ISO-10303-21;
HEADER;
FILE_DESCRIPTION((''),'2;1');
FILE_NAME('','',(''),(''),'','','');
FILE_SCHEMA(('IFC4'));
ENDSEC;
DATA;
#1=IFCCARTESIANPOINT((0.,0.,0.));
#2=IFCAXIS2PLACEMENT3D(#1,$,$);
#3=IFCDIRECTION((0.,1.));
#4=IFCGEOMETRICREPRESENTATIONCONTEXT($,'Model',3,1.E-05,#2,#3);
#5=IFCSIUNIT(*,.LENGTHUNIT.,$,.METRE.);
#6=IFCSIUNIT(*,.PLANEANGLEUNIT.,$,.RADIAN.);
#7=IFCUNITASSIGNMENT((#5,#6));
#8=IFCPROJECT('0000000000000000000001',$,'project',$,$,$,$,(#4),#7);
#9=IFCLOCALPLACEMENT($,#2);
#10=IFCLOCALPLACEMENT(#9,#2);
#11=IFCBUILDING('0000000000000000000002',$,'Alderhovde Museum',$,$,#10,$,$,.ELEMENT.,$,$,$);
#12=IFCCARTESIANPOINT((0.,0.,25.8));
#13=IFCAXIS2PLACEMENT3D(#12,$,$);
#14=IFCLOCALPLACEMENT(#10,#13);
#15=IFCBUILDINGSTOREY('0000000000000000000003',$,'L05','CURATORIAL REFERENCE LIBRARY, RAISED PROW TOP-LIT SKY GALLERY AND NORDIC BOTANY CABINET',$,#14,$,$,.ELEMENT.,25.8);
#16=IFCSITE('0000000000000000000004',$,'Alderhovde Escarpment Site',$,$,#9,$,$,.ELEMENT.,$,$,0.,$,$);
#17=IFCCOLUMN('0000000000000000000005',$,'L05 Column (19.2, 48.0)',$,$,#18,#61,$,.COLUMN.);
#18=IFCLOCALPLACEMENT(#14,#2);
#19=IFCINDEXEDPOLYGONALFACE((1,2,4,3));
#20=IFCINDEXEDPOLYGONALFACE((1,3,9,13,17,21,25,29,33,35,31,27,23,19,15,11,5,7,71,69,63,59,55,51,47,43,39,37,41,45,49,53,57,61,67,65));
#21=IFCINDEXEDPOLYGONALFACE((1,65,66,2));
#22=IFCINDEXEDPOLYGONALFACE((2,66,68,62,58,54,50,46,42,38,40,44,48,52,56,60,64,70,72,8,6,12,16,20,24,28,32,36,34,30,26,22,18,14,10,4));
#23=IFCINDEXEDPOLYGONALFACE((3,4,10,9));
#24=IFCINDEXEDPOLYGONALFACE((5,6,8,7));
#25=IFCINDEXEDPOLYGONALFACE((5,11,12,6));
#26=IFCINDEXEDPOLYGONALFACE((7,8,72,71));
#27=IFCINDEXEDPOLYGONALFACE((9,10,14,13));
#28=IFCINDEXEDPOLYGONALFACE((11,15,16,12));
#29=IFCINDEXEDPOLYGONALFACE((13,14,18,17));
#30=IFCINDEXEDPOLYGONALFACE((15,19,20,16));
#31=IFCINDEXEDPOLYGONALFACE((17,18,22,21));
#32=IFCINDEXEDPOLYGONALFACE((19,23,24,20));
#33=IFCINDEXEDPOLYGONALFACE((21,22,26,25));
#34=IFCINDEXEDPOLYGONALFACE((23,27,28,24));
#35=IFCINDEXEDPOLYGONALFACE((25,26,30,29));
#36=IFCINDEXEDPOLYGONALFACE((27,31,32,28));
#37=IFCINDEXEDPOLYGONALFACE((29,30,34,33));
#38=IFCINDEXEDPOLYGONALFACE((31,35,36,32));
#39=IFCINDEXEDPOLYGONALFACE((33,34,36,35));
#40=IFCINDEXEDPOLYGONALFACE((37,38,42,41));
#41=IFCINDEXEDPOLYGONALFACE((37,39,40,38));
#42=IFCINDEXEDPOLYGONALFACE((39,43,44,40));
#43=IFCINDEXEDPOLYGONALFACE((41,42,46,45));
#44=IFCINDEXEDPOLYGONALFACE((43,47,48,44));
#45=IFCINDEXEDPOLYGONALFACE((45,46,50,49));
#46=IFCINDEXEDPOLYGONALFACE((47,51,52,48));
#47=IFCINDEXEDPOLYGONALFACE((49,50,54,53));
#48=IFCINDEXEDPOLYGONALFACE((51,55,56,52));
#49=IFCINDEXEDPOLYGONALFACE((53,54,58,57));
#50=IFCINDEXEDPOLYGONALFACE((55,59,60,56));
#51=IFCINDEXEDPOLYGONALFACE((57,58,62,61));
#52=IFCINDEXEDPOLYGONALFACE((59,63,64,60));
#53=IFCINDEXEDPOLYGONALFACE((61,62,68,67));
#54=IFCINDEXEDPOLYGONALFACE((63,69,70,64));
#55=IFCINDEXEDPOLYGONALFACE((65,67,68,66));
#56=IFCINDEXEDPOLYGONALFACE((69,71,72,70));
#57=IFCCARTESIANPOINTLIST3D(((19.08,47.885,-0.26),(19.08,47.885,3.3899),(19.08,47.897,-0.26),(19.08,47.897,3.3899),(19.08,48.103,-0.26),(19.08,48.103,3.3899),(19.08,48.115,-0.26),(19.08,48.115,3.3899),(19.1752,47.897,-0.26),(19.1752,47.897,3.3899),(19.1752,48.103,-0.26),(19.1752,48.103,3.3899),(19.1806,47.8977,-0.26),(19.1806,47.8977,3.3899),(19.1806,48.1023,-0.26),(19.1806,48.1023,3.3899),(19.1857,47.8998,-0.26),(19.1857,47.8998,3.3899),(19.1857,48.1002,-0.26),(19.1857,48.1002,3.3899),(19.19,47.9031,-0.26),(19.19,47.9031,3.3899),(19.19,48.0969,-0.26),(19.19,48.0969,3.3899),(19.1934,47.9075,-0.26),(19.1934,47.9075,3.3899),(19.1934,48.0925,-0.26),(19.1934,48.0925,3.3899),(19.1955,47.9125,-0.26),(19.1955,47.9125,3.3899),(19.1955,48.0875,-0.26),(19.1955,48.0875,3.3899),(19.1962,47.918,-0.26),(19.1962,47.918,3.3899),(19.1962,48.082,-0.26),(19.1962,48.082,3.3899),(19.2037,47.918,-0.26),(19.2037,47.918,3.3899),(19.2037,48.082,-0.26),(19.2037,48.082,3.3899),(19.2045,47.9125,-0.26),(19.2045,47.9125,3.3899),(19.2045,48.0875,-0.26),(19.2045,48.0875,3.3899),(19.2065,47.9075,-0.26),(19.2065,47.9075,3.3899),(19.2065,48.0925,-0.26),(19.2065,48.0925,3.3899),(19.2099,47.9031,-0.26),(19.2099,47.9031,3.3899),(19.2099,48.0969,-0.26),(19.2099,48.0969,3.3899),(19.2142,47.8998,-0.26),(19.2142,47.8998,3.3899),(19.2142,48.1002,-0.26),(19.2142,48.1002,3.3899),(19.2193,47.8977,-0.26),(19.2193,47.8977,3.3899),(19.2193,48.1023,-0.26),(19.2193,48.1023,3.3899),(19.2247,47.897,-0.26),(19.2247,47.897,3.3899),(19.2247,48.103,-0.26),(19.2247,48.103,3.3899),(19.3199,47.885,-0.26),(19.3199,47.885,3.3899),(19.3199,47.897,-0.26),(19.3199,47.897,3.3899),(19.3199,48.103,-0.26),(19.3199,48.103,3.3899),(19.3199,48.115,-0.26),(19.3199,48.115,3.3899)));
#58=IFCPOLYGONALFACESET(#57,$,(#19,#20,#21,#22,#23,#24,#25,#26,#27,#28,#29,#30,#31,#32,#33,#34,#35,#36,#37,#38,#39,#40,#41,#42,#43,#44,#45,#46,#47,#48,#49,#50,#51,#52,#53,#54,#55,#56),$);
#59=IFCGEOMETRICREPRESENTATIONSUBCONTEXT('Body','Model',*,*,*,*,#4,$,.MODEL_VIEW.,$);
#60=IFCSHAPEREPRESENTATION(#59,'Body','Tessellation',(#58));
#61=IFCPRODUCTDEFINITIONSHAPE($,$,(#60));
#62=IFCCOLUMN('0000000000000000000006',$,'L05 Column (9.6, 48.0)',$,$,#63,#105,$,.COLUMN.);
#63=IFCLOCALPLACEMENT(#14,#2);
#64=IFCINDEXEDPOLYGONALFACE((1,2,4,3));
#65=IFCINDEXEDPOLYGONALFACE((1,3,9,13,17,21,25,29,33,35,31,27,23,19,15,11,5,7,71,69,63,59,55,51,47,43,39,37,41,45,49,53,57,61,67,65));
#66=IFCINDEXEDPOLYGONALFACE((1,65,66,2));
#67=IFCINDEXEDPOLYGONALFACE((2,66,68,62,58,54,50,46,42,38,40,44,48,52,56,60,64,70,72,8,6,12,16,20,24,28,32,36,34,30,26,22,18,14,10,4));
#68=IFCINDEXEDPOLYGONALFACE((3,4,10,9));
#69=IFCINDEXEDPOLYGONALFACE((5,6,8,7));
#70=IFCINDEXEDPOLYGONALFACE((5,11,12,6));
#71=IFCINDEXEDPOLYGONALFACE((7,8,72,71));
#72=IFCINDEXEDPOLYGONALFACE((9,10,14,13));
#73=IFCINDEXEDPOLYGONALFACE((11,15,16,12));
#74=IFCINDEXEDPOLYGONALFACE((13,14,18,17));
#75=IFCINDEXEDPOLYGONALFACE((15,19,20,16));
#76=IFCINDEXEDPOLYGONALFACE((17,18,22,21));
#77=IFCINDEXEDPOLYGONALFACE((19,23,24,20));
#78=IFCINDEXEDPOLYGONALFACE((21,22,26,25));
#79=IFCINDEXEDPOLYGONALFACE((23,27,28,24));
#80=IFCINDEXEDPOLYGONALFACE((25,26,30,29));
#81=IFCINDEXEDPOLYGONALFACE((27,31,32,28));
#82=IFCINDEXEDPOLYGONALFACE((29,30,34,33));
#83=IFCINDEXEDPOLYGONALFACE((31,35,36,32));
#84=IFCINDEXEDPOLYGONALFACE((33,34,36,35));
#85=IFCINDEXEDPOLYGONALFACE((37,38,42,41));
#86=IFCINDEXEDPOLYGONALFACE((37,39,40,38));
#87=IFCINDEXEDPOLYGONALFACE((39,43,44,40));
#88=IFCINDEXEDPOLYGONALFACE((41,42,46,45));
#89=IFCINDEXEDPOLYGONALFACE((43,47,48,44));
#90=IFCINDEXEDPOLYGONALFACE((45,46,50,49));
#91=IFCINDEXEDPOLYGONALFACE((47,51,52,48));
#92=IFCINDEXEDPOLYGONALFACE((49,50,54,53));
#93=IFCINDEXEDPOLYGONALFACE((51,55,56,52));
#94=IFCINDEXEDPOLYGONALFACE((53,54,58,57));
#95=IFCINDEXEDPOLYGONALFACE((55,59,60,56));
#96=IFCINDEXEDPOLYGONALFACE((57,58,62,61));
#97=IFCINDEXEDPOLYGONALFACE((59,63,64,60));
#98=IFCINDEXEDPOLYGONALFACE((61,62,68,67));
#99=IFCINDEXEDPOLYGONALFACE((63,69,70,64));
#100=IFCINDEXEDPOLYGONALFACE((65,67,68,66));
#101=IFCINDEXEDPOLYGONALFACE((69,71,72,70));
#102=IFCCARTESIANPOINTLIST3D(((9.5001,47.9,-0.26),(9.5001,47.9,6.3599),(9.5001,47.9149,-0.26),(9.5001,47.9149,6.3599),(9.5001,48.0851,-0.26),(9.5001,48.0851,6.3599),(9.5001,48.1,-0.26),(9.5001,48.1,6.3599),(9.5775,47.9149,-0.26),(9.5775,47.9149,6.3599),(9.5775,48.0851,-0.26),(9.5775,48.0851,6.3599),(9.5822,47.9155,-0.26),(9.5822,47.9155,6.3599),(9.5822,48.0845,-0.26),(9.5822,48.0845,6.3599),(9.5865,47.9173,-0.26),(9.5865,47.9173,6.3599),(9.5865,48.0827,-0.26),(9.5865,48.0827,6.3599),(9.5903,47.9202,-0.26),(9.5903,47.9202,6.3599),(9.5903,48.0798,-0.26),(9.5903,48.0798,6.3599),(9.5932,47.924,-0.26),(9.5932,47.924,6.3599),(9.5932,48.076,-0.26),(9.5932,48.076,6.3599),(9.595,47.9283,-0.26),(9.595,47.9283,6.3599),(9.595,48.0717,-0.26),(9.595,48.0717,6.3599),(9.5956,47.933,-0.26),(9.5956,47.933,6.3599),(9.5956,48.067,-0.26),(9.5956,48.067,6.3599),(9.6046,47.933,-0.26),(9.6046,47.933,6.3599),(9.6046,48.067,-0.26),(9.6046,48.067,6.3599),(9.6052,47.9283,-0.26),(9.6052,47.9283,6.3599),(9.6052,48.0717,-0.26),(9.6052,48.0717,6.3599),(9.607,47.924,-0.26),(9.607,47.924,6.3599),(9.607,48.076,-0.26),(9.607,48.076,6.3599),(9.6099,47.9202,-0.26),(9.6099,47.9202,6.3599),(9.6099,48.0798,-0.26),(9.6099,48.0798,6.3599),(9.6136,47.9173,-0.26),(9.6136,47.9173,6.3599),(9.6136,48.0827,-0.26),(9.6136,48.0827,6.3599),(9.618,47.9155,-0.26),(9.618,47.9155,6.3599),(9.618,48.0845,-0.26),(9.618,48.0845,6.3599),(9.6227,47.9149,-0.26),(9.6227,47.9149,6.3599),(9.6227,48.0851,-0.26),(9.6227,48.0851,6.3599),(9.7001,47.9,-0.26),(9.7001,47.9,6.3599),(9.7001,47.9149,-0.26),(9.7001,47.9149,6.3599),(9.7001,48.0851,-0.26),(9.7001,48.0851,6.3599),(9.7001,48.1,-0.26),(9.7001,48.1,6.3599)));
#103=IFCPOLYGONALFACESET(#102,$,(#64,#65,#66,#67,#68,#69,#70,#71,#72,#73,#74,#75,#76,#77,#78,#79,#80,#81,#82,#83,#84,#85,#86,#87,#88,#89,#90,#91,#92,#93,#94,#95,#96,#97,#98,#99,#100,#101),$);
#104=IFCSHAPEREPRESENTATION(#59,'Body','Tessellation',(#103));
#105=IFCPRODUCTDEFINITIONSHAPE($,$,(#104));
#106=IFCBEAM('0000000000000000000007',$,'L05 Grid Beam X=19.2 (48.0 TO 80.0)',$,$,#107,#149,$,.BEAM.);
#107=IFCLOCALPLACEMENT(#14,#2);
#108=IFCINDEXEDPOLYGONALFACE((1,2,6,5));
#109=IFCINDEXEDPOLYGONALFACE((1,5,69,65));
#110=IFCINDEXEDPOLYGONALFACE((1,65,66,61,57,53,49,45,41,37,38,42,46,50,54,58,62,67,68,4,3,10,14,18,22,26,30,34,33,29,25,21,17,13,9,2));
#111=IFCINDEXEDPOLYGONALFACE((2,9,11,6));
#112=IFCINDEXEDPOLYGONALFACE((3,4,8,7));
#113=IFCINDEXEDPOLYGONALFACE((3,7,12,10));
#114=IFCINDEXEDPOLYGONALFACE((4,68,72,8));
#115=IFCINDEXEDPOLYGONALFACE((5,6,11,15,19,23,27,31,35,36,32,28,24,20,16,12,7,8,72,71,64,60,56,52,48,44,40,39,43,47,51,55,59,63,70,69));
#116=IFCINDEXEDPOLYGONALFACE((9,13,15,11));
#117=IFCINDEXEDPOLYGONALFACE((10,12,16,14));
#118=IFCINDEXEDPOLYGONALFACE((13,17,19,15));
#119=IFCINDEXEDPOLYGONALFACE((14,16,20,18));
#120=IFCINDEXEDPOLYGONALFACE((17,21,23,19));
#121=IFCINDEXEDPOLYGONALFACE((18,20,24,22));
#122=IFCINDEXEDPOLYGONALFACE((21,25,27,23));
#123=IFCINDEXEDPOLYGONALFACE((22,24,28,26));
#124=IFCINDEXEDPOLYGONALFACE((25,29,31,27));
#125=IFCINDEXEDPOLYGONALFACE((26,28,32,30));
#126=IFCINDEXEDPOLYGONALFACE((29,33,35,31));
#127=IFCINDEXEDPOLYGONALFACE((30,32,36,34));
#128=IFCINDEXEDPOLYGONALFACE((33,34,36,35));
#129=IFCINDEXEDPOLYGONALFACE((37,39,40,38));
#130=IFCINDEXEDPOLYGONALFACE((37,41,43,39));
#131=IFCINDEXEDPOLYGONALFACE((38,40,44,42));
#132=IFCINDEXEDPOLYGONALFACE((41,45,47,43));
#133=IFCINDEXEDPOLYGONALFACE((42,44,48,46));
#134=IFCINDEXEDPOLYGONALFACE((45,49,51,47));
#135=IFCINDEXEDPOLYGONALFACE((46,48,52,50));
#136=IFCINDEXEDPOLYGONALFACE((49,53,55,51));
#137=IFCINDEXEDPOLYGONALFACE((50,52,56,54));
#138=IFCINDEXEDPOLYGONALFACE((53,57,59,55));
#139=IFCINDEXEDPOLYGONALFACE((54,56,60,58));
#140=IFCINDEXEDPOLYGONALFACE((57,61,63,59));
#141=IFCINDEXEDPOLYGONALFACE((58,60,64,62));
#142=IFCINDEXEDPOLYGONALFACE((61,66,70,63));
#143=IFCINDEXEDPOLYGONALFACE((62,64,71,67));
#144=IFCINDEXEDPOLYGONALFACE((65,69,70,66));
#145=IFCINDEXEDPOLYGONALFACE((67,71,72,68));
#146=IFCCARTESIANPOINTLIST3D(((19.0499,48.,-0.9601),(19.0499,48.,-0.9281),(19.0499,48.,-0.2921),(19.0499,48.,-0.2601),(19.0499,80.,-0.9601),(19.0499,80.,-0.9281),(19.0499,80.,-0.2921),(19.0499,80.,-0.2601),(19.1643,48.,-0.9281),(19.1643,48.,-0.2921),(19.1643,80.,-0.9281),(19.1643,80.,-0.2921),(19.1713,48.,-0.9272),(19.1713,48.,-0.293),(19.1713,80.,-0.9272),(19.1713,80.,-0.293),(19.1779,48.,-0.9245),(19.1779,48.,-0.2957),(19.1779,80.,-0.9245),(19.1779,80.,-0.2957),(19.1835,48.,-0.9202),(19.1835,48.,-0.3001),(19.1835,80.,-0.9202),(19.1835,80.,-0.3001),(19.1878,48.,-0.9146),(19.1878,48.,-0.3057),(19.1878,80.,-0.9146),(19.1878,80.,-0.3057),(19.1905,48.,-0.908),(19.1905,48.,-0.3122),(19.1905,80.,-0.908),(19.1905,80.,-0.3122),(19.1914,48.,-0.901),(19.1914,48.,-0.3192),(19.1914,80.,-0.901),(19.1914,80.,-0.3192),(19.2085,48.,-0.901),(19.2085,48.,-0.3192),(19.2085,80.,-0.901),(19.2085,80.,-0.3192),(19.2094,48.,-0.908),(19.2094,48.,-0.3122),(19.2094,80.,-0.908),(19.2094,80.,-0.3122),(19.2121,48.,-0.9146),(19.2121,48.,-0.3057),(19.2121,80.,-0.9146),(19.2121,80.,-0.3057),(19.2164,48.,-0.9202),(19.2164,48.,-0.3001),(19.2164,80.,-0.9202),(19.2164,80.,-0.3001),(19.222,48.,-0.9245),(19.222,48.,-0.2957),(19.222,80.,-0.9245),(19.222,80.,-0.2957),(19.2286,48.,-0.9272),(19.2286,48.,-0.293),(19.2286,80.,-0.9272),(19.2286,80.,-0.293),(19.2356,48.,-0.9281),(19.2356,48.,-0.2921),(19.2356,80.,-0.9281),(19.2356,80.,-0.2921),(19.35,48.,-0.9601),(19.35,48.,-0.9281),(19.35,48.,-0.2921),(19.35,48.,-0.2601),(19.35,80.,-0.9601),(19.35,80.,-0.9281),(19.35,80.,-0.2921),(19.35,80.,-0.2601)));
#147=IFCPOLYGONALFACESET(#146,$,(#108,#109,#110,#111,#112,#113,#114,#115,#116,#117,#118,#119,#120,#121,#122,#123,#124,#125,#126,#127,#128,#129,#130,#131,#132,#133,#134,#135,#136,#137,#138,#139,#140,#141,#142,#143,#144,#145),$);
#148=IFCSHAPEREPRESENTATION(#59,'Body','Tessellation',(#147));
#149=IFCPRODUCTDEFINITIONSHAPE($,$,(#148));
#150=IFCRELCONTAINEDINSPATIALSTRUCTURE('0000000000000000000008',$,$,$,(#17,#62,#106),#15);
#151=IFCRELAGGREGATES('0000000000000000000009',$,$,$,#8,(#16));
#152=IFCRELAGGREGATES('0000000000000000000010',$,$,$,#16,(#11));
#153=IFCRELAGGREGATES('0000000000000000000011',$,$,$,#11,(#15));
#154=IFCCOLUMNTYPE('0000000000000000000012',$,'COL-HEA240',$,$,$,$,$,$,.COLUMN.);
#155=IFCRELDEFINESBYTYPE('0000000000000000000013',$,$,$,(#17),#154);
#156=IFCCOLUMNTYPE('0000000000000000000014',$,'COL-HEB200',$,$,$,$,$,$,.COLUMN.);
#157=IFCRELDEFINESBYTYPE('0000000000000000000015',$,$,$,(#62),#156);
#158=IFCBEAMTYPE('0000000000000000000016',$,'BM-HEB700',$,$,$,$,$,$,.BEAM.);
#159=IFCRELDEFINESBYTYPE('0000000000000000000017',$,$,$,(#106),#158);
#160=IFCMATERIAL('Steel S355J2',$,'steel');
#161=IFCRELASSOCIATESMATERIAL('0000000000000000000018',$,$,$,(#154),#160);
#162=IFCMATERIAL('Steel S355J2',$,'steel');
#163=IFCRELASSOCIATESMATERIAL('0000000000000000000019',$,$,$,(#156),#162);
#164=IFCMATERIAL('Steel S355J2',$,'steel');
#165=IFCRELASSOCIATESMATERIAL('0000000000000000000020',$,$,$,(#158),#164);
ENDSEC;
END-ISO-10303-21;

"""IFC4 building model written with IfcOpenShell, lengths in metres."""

from ifc_helpers import new_model, si_unit, direction, frame, origin, origin_2d, place, context, subcontext, project, spatial, i_section, extrude, material, material_profile, profile_set, type_object, element, save


model = new_model("IFC4")

# Units and contexts
model_context = context("Model", 3, precision=1e-05, world=origin(), true_north=direction((0.0, 1.0)))
body_context = subcontext(model_context, "Body", "Model", "MODEL_VIEW")
ifc_project = project(units=[si_unit("LENGTHUNIT", "METRE"), si_unit("PLANEANGLEUNIT", "RADIAN")], contexts=[model_context])

# Site, building, storey
site_placement = place(None, origin())
site = spatial("IfcSite", under=ifc_project, at=site_placement, Name="Alderhovde Escarpment Site", CompositionType="ELEMENT", RefElevation=0.0)
building_placement = place(site_placement, origin())
building = spatial("IfcBuilding", under=site, at=building_placement, Name="Alderhovde Museum", CompositionType="ELEMENT")
storey_placement = place(building_placement, frame((0.0, 0.0, 25.8)))
storey = spatial("IfcBuildingStorey", under=building, at=storey_placement, Name="L05", Description="CURATORIAL REFERENCE LIBRARY, RAISED PROW TOP-LIT SKY GALLERY AND NORDIC BOTANY CABINET", CompositionType="ELEMENT", Elevation=25.8)

# Columns
ifc_material_1 = material(Name="Steel S355J2", Category="steel")
ifc_material_profile_1 = material_profile(ifc_material_1, i_section(OverallWidth=0.24, OverallDepth=0.23, WebThickness=0.0076, FlangeThickness=0.012, FilletRadius=0.021, at=origin_2d()), Name="HEA 240")
ifc_profile_set_1 = profile_set([ifc_material_profile_1], Name="Steel S355J2")
column_type_1 = type_object("IfcColumnType", Name="COL-HEA240", PredefinedType="COLUMN", material=ifc_profile_set_1)
column_1_placement = place(storey_placement, frame((19.2, 48.0, -0.26), z_axis=(0.0, 0.0, 1.0), x_axis=(1.0, 0.0, 0.0)))
element("IfcColumn", 1, at=column_1_placement, inside=storey, type_object=column_type_1, Name="L05 Column (19.2, 48.0)", PredefinedType="COLUMN", context=body_context, shape_type="SweptSolid", body=[
    extrude(i_section(OverallWidth=0.24, OverallDepth=0.23, WebThickness=0.0076, FlangeThickness=0.012, FilletRadius=0.021, at=origin_2d()), origin(), (0.0, 0.0, 1.0), 3.6499),
])
ifc_material_2 = material(Name="Steel S355J2", Category="steel")
ifc_material_profile_2 = material_profile(ifc_material_2, i_section(OverallWidth=0.2, OverallDepth=0.2, WebThickness=0.009, FlangeThickness=0.0149, FilletRadius=0.0181, at=origin_2d()), Name="HEB 200")
ifc_profile_set_2 = profile_set([ifc_material_profile_2], Name="Steel S355J2")
column_type_2 = type_object("IfcColumnType", Name="COL-HEB200", PredefinedType="COLUMN", material=ifc_profile_set_2)
column_2_placement = place(storey_placement, frame((9.6001, 48.0, -0.26), z_axis=(0.0, 0.0, 1.0), x_axis=(1.0, 0.0, 0.0)))
element("IfcColumn", 2, at=column_2_placement, inside=storey, type_object=column_type_2, Name="L05 Column (9.6, 48.0)", PredefinedType="COLUMN", context=body_context, shape_type="SweptSolid", body=[
    extrude(i_section(OverallWidth=0.2, OverallDepth=0.2, WebThickness=0.009, FlangeThickness=0.0149, FilletRadius=0.0181, at=origin_2d()), origin(), (0.0, 0.0, 1.0), 6.6199),
])

# Beam
ifc_material_3 = material(Name="Steel S355J2", Category="steel")
ifc_material_profile_3 = material_profile(ifc_material_3, i_section(OverallWidth=0.3, OverallDepth=0.7, WebThickness=0.0171, FlangeThickness=0.032, FilletRadius=0.0271, at=origin_2d()), Name="HEB 700")
ifc_profile_set_3 = profile_set([ifc_material_profile_3], Name="Steel S355J2")
beam_type_1 = type_object("IfcBeamType", Name="BM-HEB700", PredefinedType="BEAM", material=ifc_profile_set_3)
beam_1_placement = place(storey_placement, frame((19.2, 48.0, -0.6101), z_axis=(0.0, 1.0, 0.0), x_axis=(-1.0, 0.0, 0.0)))
element("IfcBeam", 3, at=beam_1_placement, inside=storey, type_object=beam_type_1, Name="L05 Grid Beam X=19.2 (48.0 TO 80.0)", PredefinedType="BEAM", context=body_context, shape_type="SweptSolid", body=[
    extrude(i_section(OverallWidth=0.3, OverallDepth=0.7, WebThickness=0.0171, FlangeThickness=0.032, FilletRadius=0.0271, at=origin_2d()), origin(), (0.0, 0.0, 1.0), 32.0),
])

save(model, "model.ifc")
